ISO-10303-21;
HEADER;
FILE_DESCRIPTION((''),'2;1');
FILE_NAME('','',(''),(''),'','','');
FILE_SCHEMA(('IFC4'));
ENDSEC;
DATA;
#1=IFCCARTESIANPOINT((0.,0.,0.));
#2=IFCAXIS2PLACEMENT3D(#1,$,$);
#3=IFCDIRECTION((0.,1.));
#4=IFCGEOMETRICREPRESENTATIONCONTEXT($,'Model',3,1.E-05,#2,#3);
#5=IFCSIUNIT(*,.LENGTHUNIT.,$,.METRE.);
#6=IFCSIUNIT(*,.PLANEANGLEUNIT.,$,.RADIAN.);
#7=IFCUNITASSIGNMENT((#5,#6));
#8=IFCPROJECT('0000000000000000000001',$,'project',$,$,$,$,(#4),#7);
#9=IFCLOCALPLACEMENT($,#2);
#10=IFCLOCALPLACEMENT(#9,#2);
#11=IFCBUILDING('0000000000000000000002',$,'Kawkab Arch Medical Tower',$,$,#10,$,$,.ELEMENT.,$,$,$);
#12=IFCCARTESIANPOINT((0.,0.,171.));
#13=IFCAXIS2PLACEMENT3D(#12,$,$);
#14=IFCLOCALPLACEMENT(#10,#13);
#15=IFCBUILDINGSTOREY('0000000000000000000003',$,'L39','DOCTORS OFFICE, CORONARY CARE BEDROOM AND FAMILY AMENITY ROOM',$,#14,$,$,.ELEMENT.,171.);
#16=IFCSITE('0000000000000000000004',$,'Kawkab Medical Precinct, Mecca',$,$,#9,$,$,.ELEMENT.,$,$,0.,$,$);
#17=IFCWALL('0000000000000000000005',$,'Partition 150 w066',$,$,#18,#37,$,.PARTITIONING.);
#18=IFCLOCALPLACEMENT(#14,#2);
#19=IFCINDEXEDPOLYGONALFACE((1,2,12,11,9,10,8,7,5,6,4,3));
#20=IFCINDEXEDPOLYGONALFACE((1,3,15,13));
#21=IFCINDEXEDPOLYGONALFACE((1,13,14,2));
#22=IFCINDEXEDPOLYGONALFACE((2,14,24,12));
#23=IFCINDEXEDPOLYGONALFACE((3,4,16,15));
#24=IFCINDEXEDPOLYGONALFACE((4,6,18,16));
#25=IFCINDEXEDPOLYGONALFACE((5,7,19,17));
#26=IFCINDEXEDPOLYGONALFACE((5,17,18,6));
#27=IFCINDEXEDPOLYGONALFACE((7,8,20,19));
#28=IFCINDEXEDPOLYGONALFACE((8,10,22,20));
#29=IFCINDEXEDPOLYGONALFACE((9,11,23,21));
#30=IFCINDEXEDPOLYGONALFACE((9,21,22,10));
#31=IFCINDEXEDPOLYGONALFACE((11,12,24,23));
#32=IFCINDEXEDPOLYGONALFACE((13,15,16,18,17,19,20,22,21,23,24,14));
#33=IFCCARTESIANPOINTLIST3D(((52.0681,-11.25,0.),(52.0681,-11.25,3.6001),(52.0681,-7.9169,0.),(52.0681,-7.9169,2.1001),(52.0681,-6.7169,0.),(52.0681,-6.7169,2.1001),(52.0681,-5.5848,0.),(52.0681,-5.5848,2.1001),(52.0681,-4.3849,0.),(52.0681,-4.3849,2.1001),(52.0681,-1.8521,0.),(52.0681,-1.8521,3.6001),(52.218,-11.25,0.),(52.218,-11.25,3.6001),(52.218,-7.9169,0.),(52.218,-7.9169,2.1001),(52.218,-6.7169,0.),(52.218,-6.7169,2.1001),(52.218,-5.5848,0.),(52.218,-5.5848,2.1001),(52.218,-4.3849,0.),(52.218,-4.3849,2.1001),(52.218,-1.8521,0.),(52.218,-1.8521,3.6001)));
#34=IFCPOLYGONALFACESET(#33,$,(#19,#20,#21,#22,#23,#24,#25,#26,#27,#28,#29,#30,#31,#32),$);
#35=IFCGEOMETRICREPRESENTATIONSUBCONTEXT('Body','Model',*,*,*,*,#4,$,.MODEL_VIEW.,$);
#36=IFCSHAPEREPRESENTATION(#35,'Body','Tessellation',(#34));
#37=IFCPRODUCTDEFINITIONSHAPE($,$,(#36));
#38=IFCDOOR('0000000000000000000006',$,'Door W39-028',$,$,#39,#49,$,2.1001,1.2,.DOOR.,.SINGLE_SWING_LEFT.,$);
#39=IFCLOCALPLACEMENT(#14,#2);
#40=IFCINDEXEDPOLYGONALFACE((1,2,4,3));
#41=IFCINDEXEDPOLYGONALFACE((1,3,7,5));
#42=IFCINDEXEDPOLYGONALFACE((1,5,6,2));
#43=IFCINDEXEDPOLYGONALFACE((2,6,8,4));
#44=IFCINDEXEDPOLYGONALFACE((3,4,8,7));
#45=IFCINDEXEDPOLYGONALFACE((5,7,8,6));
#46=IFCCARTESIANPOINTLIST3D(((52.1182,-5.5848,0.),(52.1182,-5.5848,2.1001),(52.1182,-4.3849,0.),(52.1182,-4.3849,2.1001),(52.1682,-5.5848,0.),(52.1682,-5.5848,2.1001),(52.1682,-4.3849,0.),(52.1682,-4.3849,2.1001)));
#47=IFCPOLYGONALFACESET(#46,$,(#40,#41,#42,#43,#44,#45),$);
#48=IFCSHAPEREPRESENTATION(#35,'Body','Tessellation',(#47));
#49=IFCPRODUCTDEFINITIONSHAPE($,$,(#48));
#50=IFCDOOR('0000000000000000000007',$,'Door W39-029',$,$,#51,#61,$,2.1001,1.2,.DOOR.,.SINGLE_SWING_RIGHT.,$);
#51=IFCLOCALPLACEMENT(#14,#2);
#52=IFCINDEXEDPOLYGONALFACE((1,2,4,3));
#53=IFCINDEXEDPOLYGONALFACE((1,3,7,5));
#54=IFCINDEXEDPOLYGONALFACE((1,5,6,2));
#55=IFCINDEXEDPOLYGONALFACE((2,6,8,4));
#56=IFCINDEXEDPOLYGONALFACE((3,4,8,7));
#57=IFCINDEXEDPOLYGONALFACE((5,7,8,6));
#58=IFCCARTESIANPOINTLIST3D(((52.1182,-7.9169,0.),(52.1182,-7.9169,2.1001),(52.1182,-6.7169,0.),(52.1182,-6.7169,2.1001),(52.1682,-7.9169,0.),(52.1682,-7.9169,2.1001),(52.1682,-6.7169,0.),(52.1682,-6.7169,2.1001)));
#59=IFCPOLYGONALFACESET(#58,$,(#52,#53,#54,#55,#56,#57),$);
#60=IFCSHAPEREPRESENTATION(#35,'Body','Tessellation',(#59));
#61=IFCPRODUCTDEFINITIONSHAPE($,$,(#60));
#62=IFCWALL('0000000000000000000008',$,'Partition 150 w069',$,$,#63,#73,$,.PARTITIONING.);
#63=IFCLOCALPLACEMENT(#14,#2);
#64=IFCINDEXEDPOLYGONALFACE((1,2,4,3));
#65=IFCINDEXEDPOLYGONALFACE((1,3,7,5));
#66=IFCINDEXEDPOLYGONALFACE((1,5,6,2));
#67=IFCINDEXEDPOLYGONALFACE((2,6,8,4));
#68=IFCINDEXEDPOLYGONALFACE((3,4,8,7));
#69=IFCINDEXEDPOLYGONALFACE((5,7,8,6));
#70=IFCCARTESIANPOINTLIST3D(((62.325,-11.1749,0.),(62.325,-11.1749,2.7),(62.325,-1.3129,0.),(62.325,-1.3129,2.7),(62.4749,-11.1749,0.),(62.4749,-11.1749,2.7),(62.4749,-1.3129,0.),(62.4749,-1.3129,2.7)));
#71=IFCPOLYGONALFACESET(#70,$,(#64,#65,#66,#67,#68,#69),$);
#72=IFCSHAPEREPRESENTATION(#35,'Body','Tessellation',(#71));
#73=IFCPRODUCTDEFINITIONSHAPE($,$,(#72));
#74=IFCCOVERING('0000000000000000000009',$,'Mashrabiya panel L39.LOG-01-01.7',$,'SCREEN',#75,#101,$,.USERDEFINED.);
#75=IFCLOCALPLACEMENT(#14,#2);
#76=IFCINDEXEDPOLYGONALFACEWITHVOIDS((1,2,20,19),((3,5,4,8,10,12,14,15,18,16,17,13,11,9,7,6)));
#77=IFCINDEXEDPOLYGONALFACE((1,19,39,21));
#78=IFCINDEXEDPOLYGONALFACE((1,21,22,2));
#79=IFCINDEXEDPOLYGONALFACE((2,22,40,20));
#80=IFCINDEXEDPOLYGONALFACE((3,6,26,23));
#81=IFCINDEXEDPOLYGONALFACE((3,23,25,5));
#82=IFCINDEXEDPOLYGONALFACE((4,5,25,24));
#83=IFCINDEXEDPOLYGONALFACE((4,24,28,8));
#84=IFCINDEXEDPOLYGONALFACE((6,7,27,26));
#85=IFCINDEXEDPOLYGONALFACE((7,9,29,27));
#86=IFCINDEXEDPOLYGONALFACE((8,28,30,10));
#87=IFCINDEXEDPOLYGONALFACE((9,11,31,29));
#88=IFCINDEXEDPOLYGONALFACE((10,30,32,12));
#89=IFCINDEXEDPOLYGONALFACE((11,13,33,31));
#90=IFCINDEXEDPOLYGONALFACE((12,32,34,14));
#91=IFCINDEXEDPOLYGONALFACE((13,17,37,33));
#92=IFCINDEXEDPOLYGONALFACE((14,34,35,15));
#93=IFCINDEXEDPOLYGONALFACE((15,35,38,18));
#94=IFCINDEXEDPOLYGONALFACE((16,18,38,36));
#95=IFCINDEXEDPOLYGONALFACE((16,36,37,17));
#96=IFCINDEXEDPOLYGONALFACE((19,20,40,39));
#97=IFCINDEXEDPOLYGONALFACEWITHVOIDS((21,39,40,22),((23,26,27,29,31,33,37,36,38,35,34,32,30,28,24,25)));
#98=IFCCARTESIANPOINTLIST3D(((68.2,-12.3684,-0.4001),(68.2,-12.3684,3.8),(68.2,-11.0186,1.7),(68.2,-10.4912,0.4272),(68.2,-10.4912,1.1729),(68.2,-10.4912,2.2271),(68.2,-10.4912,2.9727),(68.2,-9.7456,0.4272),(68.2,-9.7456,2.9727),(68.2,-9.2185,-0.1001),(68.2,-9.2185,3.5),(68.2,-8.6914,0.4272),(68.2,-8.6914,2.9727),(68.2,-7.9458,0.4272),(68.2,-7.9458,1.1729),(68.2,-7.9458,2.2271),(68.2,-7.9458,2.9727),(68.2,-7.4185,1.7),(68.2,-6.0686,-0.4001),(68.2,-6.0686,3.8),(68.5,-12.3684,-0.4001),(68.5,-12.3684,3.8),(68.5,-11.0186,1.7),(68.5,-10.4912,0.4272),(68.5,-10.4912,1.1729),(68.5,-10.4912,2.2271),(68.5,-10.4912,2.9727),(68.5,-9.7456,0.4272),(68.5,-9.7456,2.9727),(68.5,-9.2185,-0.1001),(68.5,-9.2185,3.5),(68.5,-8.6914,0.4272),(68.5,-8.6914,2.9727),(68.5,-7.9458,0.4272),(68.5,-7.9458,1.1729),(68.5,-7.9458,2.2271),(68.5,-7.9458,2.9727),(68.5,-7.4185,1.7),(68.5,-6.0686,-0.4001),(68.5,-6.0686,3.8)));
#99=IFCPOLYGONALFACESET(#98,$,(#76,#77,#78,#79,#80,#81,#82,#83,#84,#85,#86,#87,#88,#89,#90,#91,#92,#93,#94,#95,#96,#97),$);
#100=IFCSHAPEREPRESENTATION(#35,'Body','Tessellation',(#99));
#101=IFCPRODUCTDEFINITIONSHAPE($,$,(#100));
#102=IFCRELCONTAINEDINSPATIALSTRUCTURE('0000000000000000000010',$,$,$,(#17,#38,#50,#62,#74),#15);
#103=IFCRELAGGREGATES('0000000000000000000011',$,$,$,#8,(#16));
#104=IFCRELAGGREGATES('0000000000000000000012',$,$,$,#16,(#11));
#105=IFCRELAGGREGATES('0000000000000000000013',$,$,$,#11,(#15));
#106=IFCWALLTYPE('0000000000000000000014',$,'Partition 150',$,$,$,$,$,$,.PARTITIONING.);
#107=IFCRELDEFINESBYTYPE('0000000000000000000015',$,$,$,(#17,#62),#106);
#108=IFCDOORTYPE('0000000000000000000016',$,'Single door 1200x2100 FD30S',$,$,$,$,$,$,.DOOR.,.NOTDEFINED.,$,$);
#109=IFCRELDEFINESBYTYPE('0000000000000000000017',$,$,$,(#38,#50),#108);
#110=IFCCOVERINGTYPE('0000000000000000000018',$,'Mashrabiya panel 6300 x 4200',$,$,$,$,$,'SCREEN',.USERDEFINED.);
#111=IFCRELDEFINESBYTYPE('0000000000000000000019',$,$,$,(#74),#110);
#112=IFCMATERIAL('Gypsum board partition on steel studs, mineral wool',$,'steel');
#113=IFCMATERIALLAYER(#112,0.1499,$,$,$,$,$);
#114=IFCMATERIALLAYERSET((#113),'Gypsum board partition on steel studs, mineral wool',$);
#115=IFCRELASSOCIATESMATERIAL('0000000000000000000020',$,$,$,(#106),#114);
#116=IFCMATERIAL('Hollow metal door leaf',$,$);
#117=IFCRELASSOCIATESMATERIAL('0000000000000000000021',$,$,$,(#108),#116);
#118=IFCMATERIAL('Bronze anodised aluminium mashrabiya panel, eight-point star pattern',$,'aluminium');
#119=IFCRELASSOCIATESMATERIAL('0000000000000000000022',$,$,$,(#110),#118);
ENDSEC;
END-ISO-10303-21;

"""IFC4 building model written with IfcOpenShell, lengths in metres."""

from ifc_helpers import new_model, si_unit, direction, frame, frame_2d, origin, place, context, subcontext, project, spatial, polyline, rectangle, outline, extrude, material, layer, layer_set, material_profile, profile_set, type_object, element, fill, save


model = new_model("IFC4")

# Units and contexts
model_context = context("Model", 3, precision=1e-05, world=origin(), true_north=direction((0.0, 1.0)))
body_context = subcontext(model_context, "Body", "Model", "MODEL_VIEW")
ifc_project = project(units=[si_unit("LENGTHUNIT", "METRE"), si_unit("PLANEANGLEUNIT", "RADIAN")], contexts=[model_context])

# Site, building, storey
site_placement = place(None, origin())
site = spatial("IfcSite", under=ifc_project, at=site_placement, Name="Kawkab Medical Precinct, Mecca", CompositionType="ELEMENT", RefElevation=0.0)
building_placement = place(site_placement, origin())
building = spatial("IfcBuilding", under=site, at=building_placement, Name="Kawkab Arch Medical Tower", CompositionType="ELEMENT")
storey_placement = place(building_placement, frame((0.0, 0.0, 171.0)))
storey = spatial("IfcBuildingStorey", under=building, at=storey_placement, Name="L39", Description="DOCTORS OFFICE, CORONARY CARE BEDROOM AND FAMILY AMENITY ROOM", CompositionType="ELEMENT", Elevation=171.0)

# Shared definitions
ifc_material_1 = material(Name="Gypsum board partition on steel studs, mineral wool", Category="steel")
ifc_layer_1 = layer(ifc_material_1, 0.1499)
ifc_layer_set_1 = layer_set([ifc_layer_1], Name="Gypsum board partition on steel studs, mineral wool")
wall_type_1 = type_object("IfcWallType", Name="Partition 150", PredefinedType="PARTITIONING", material=ifc_layer_set_1)

# Wall, openings, doors
wall_1_placement = place(storey_placement, frame((52.1431, -11.25, 0.0), z_axis=(0.0, 0.0, 1.0), x_axis=(0.0, 1.0, 0.0)))
wall_1 = element("IfcWall", 1, at=wall_1_placement, inside=storey, type_object=wall_type_1, Name="Partition 150 w066", PredefinedType="PARTITIONING", context=body_context, shape_type="SweptSolid", body=[
    extrude(rectangle(XDim=9.3979, YDim=0.1499, at=frame_2d((4.699, 0.0))), origin(), (0.0, 0.0, 1.0), 3.6001),
])
opening_1_placement = place(wall_1_placement, frame((5.665, 0.0, 0.0)))
opening_1 = element("IfcOpeningElement", 2, at=opening_1_placement, cuts=wall_1, PredefinedType="OPENING", context=body_context, shape_type="SweptSolid", body=[
    extrude(rectangle(XDim=1.2, YDim=2.1001, at=frame_2d((0.6001, 1.05))), frame((0.0, 0.085, 0.0), z_axis=(0.0, -1.0, 0.0), x_axis=(1.0, 0.0, 0.0)), (0.0, 0.0, 1.0), 0.1699),
])
opening_2_placement = place(wall_1_placement, frame((3.333, 0.0, 0.0)))
opening_2 = element("IfcOpeningElement", 3, at=opening_2_placement, cuts=wall_1, PredefinedType="OPENING", context=body_context, shape_type="SweptSolid", body=[
    extrude(rectangle(XDim=1.2, YDim=2.1001, at=frame_2d((0.6001, 1.05))), frame((0.0, 0.085, 0.0), z_axis=(0.0, -1.0, 0.0), x_axis=(1.0, 0.0, 0.0)), (0.0, 0.0, 1.0), 0.1699),
])
ifc_material_2 = material(Name="Hollow metal door leaf")
door_type_1 = type_object("IfcDoorType", Name="Single door 1200x2100 FD30S", OperationType="NOTDEFINED", PredefinedType="DOOR", material=ifc_material_2)
door_1_placement = place(opening_1_placement, origin())
door_1 = element("IfcDoor", 4, at=door_1_placement, inside=storey, type_object=door_type_1, Name="Door W39-028", OperationType="SINGLE_SWING_LEFT", OverallHeight=2.1001, OverallWidth=1.2, PredefinedType="DOOR", context=body_context, shape_type="SweptSolid", body=[
    extrude(rectangle(XDim=1.2, YDim=2.1001, at=frame_2d((0.6001, 1.05))), frame((0.0, 0.0249, 0.0), z_axis=(0.0, -1.0, 0.0), x_axis=(1.0, 0.0, 0.0)), (0.0, 0.0, 1.0), 0.05),
])
fill(opening_1, door_1)
door_2_placement = place(opening_2_placement, origin())
door_2 = element("IfcDoor", 5, at=door_2_placement, inside=storey, type_object=door_type_1, Name="Door W39-029", OperationType="SINGLE_SWING_RIGHT", OverallHeight=2.1001, OverallWidth=1.2, PredefinedType="DOOR", context=body_context, shape_type="SweptSolid", body=[
    extrude(rectangle(XDim=1.2, YDim=2.1001, at=frame_2d((0.6001, 1.05))), frame((0.0, 0.0249, 0.0), z_axis=(0.0, -1.0, 0.0), x_axis=(1.0, 0.0, 0.0)), (0.0, 0.0, 1.0), 0.05),
])
fill(opening_2, door_2)

# Wall
wall_2_placement = place(storey_placement, frame((62.3999, -11.175, 0.0), z_axis=(0.0, 0.0, 1.0), x_axis=(0.0, 1.0, 0.0)))
element("IfcWall", 6, at=wall_2_placement, inside=storey, type_object=wall_type_1, Name="Partition 150 w069", PredefinedType="PARTITIONING", context=body_context, shape_type="SweptSolid", body=[
    extrude(rectangle(XDim=9.8621, YDim=0.1499, at=frame_2d((4.9312, 0.0))), origin(), (0.0, 0.0, 1.0), 2.7),
])

# Covering
ifc_material_3 = material(Name="Bronze anodised aluminium mashrabiya panel, eight-point star pattern", Category="aluminium")
ifc_material_profile_1 = material_profile(ifc_material_3, outline(polyline([(-3.1499, -2.1001), (3.1499, -2.1001), (3.1499, 2.1001), (-3.1499, 2.1001), (-3.1499, -2.1001)]), holes=[polyline([(1.8, 0.0), (1.2727, 0.5271), (1.2727, 1.2727), (0.5271, 1.2727), (0.0, 1.8), (-0.5271, 1.2727), (-1.2727, 1.2727), (-1.2727, 0.5271), (-1.8, 0.0), (-1.2727, -0.5271), (-1.2727, -1.2727), (-0.5271, -1.2727), (0.0, -1.8), (0.5271, -1.2727), (1.2727, -1.2727), (1.2727, -0.5271), (1.8, 0.0)])]), Name="Mashrabiya panel 6300x4200")
ifc_profile_set_1 = profile_set([ifc_material_profile_1], Name="Bronze anodised aluminium mashrabiya panel, eight-point star pattern")
covering_type = type_object("IfcCoveringType", Name="Mashrabiya panel 6300 x 4200", ElementType="SCREEN", PredefinedType="USERDEFINED", material=ifc_profile_set_1)
covering_placement = place(storey_placement, frame((68.2, -9.2185, 1.7), z_axis=(1.0, 0.0, 0.0), x_axis=(0.0, 1.0, 0.0)))
element("IfcCovering", 7, at=covering_placement, inside=storey, type_object=covering_type, Name="Mashrabiya panel L39.LOG-01-01.7", ObjectType="SCREEN", PredefinedType="USERDEFINED", context=body_context, shape_type="SweptSolid", body=[
    extrude(outline(polyline([(-3.1499, -2.1001), (3.1499, -2.1001), (3.1499, 2.1001), (-3.1499, 2.1001), (-3.1499, -2.1001)]), holes=[polyline([(1.8, 0.0), (1.2727, 0.5271), (1.2727, 1.2727), (0.5271, 1.2727), (0.0, 1.8), (-0.5271, 1.2727), (-1.2727, 1.2727), (-1.2727, 0.5271), (-1.8, 0.0), (-1.2727, -0.5271), (-1.2727, -1.2727), (-0.5271, -1.2727), (0.0, -1.8), (0.5271, -1.2727), (1.2727, -1.2727), (1.2727, -0.5271), (1.8, 0.0)])]), origin(), (0.0, 0.0, 1.0), 0.3),
])

save(model, "model.ifc")
